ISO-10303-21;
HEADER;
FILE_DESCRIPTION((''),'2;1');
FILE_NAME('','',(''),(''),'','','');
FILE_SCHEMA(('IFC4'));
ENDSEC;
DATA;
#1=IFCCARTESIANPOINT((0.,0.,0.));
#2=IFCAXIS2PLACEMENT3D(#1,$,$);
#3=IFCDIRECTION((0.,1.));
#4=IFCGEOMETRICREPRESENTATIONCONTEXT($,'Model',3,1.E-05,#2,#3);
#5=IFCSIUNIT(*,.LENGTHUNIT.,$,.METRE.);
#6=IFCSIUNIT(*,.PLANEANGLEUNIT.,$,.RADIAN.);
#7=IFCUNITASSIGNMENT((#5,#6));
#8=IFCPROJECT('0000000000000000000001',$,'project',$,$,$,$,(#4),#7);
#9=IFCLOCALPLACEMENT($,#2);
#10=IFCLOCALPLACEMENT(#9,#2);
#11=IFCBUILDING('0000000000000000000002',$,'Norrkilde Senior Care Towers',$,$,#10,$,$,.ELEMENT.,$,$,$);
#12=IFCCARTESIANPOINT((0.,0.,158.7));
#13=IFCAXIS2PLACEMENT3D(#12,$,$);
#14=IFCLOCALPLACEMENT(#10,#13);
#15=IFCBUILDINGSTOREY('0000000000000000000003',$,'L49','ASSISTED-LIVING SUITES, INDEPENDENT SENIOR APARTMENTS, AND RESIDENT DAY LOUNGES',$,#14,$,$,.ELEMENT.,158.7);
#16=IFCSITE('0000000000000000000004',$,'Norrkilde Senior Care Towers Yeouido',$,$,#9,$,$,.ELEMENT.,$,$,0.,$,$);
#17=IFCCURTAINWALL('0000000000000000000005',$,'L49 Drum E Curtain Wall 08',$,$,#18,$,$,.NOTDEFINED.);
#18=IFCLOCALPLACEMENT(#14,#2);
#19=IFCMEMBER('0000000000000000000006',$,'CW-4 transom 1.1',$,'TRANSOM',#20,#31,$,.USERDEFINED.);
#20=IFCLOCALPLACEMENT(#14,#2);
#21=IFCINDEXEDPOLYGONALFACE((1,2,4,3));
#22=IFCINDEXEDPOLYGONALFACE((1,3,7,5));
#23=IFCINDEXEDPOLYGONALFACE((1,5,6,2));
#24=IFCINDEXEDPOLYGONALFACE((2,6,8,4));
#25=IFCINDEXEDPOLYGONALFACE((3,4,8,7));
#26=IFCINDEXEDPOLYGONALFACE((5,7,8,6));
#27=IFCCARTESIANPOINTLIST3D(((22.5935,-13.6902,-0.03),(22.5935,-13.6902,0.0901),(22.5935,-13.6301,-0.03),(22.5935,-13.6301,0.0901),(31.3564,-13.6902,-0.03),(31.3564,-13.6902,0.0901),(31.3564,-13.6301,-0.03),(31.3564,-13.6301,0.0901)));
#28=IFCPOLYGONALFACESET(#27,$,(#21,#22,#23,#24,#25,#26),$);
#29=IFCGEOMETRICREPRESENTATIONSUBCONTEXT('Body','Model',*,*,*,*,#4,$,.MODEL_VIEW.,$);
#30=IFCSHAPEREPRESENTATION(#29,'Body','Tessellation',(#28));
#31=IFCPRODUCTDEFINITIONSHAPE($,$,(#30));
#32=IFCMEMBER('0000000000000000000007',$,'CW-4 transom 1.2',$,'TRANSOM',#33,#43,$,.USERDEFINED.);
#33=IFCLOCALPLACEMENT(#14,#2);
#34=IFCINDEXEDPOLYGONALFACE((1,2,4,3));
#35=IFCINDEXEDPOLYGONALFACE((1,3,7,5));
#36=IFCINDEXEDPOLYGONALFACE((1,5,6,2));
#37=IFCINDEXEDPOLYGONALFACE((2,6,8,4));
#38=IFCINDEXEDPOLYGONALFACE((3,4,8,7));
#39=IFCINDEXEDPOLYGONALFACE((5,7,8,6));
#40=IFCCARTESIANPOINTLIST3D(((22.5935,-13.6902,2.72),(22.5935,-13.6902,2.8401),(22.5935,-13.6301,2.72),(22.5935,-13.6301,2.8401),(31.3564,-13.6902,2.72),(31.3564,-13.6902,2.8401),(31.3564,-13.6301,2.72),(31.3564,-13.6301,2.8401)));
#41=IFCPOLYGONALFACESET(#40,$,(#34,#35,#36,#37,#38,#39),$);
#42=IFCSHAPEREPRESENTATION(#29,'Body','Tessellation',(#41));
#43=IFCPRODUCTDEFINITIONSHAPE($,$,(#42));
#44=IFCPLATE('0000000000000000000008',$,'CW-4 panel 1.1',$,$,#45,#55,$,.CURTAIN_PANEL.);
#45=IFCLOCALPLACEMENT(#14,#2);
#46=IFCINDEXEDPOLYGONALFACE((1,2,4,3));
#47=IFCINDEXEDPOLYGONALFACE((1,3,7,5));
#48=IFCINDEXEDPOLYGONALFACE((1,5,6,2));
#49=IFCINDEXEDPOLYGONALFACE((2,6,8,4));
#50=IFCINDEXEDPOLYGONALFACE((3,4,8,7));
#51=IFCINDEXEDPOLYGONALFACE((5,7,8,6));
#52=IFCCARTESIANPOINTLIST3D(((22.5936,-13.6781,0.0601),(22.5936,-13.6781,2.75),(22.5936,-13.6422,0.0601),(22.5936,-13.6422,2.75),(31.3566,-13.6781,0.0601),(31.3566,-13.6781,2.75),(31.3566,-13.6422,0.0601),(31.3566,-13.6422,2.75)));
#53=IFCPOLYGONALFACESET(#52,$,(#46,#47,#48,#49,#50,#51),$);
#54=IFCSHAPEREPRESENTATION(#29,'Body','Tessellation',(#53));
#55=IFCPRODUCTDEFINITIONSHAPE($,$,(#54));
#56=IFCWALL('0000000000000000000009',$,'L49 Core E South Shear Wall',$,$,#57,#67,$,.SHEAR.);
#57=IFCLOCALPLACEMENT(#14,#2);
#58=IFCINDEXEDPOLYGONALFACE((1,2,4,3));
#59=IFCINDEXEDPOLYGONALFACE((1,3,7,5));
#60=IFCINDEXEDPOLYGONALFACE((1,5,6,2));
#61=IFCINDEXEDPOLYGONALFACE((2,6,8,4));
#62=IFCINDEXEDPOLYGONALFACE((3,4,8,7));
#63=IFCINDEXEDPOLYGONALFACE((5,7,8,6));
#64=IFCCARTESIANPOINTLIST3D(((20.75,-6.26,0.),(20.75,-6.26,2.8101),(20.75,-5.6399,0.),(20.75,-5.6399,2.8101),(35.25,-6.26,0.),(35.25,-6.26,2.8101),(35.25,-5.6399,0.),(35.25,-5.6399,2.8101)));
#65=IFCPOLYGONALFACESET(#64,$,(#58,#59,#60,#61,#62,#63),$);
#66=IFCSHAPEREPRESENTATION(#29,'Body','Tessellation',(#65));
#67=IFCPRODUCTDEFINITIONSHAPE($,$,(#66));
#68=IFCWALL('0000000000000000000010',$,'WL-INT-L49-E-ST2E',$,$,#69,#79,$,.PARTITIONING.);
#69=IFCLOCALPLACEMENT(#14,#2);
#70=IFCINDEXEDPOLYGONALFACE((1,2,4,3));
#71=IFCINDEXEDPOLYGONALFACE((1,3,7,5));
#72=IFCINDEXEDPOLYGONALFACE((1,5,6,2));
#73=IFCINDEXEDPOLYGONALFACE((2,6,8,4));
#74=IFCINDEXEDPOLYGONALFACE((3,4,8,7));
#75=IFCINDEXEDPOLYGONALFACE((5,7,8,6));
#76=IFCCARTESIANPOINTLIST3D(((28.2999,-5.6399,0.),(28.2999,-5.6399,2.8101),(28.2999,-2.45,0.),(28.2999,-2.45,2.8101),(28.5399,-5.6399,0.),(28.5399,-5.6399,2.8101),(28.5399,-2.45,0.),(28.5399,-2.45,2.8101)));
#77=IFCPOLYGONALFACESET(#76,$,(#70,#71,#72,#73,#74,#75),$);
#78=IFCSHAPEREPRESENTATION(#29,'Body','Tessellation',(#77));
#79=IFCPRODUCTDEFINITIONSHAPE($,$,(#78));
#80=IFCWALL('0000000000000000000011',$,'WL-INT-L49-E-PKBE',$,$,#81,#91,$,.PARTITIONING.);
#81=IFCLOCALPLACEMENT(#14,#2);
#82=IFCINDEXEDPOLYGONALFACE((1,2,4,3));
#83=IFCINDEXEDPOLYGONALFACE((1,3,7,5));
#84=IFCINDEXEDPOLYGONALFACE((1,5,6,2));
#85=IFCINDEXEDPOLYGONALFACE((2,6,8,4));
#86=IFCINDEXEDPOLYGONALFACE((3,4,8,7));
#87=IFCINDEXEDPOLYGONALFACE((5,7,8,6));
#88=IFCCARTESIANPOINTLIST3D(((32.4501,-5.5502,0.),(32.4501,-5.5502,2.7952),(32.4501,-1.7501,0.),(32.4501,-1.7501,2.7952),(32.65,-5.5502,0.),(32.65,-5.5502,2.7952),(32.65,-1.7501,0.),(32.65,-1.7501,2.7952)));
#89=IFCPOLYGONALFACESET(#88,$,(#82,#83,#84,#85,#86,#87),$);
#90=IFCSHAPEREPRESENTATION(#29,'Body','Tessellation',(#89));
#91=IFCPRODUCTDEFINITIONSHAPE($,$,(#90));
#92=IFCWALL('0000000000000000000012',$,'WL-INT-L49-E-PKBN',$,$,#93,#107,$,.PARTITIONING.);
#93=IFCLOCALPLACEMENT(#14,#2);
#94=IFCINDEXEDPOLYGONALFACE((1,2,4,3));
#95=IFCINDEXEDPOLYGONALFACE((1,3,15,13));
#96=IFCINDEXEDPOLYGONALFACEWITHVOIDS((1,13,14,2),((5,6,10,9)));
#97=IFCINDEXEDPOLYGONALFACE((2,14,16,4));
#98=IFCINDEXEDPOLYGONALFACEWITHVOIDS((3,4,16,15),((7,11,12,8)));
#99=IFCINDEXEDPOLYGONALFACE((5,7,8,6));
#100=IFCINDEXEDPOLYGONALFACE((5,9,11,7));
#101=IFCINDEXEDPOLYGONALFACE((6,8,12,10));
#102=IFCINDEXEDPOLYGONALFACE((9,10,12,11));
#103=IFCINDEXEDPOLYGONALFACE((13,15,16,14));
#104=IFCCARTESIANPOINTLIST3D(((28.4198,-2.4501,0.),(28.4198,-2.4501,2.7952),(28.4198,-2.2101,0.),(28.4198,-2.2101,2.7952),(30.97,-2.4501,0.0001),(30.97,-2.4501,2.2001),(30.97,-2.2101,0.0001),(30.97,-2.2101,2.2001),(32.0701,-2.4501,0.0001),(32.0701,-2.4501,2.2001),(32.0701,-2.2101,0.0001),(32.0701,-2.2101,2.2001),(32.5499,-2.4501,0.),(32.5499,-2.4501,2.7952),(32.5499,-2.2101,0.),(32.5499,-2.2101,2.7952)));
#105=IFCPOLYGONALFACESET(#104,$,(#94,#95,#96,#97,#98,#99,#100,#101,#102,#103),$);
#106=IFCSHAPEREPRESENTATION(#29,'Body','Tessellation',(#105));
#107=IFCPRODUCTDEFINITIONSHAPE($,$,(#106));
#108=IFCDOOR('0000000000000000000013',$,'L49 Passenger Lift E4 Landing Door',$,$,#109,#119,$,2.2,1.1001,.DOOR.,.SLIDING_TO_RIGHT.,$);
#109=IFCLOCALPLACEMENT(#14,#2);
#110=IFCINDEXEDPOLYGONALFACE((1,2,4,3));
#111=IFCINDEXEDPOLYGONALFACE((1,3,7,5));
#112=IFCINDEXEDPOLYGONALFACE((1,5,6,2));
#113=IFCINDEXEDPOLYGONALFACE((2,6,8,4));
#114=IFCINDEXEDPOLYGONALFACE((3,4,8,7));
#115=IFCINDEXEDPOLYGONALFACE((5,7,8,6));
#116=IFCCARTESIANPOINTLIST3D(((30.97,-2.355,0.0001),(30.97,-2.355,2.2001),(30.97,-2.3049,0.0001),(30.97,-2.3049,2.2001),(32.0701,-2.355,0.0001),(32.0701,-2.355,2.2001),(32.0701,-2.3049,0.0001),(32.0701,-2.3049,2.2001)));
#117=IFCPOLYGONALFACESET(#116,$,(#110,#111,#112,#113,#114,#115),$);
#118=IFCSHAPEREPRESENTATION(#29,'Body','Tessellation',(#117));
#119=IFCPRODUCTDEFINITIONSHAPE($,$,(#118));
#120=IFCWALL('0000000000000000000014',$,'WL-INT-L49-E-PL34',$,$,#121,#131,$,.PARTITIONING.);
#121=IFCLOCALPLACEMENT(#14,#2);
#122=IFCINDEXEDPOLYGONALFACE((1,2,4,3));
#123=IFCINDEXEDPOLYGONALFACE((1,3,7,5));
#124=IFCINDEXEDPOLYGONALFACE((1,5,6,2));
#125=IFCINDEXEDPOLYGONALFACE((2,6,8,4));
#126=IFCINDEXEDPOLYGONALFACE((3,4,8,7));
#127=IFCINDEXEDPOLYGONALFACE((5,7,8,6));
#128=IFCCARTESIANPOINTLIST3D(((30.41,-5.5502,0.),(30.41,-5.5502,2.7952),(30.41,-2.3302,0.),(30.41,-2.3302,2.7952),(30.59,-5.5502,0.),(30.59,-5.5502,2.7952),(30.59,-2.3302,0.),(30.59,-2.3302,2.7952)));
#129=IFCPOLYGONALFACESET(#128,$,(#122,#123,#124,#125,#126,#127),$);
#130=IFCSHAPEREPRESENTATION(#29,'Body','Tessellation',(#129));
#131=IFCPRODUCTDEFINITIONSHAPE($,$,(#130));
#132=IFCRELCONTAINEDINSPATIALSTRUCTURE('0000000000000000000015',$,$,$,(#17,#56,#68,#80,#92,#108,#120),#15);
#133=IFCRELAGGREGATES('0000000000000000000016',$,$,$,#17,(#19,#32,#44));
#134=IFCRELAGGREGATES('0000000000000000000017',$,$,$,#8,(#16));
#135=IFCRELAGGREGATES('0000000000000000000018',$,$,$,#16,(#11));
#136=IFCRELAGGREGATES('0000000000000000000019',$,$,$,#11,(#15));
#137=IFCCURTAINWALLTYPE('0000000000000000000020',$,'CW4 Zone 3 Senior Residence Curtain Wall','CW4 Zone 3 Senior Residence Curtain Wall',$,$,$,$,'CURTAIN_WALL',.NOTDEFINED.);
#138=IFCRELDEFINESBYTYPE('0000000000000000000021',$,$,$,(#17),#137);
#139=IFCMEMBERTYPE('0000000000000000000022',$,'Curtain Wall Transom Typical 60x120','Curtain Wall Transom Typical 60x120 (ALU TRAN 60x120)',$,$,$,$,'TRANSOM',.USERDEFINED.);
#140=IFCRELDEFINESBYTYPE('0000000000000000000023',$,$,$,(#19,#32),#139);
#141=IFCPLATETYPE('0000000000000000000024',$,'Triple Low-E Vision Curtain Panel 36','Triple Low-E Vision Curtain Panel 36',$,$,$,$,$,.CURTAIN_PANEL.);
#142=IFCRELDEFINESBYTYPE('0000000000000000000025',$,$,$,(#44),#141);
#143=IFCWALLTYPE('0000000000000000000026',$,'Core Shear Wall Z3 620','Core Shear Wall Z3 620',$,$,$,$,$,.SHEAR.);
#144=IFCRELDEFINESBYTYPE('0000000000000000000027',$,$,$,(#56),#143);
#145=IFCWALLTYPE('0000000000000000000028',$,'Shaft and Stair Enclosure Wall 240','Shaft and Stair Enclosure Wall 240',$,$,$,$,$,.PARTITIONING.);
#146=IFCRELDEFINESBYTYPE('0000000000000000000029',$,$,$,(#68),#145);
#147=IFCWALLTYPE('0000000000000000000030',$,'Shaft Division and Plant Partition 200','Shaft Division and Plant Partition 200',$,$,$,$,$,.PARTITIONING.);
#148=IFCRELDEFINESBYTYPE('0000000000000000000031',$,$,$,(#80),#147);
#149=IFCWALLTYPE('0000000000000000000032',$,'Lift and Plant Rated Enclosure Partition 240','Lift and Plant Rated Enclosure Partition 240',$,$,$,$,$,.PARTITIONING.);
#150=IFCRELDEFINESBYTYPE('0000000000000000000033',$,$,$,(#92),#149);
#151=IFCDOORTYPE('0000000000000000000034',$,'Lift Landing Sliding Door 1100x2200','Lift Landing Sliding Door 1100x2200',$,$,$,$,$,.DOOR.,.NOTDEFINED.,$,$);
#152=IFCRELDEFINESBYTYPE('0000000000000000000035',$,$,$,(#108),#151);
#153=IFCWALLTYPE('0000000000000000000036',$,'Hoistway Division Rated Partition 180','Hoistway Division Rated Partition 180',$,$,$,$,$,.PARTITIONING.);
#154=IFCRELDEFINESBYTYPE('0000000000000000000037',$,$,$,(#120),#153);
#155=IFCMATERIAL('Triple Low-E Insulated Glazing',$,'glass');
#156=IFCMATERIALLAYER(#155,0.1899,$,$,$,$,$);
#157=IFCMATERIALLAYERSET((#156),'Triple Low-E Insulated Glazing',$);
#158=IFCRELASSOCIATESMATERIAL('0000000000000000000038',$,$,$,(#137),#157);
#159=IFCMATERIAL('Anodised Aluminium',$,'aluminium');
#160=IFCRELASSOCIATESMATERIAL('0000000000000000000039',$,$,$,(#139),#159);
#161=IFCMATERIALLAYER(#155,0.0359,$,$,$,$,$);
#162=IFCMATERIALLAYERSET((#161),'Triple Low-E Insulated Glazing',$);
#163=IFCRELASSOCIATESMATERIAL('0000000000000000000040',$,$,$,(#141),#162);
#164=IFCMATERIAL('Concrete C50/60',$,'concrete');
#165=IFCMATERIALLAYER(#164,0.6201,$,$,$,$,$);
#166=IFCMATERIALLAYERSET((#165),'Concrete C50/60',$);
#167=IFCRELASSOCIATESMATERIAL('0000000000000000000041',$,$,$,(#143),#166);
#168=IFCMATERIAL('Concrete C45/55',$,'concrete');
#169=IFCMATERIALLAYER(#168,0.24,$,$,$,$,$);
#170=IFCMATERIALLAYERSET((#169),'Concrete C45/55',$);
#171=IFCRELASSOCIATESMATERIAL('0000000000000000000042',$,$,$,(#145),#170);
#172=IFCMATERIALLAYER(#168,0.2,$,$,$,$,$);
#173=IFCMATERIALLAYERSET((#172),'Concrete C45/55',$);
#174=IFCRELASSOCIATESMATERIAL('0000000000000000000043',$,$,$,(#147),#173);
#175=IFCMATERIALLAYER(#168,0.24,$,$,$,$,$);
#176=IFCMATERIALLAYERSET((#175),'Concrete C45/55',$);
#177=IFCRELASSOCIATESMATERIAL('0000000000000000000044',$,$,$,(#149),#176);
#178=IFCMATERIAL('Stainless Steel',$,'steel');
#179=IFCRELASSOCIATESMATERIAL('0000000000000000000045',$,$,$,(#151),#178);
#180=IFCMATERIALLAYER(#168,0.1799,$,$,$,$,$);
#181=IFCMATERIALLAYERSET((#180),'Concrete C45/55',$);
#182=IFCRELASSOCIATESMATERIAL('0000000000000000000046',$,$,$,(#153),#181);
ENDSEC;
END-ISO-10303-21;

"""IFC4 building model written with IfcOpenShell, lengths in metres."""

from ifc_helpers import new_model, si_unit, direction, frame, frame_2d, origin, origin_2d, place, context, subcontext, project, spatial, rectangle, extrude, source, transform, mapped, material, layer, layer_set, material_profile, profile_set, type_object, type_shapes, element, fill, aggregate, save


model = new_model("IFC4")

# Units and contexts
model_context = context("Model", 3, precision=1e-05, world=origin(), true_north=direction((0.0, 1.0)))
body_context = subcontext(model_context, "Body", "Model", "MODEL_VIEW")
ifc_project = project(units=[si_unit("LENGTHUNIT", "METRE"), si_unit("PLANEANGLEUNIT", "RADIAN")], contexts=[model_context])

# Site, building, storey
site_placement = place(None, origin())
site = spatial("IfcSite", under=ifc_project, at=site_placement, Name="Norrkilde Senior Care Towers Yeouido", CompositionType="ELEMENT", RefElevation=0.0)
building_placement = place(site_placement, origin())
building = spatial("IfcBuilding", under=site, at=building_placement, Name="Norrkilde Senior Care Towers", CompositionType="ELEMENT")
storey_placement = place(building_placement, frame((0.0, 0.0, 158.7)))
storey = spatial("IfcBuildingStorey", under=building, at=storey_placement, Name="L49", Description="ASSISTED-LIVING SUITES, INDEPENDENT SENIOR APARTMENTS, AND RESIDENT DAY LOUNGES", CompositionType="ELEMENT", Elevation=158.7)

# Shared definitions
ifc_material_1 = material(Name="Concrete C50/60", Category="concrete")

# Curtain wall
ifc_material_2 = material(Name="Triple Low-E Insulated Glazing", Category="glass")
ifc_layer_1 = layer(ifc_material_2, 0.1899)
ifc_layer_set_1 = layer_set([ifc_layer_1], Name="Triple Low-E Insulated Glazing")
curtain_wall_type = type_object("IfcCurtainWallType", Name="CW4 Zone 3 Senior Residence Curtain Wall", Description="CW4 Zone 3 Senior Residence Curtain Wall", ElementType="CURTAIN_WALL", PredefinedType="NOTDEFINED", material=ifc_layer_set_1)
curtain_wall_1_placement = place(storey_placement, origin())
curtain_wall_1 = element("IfcCurtainWall", 1, at=curtain_wall_1_placement, inside=storey, type_object=curtain_wall_type, Name="L49 Drum E Curtain Wall 08", PredefinedType="NOTDEFINED")
ifc_material_3 = material(Name="Anodised Aluminium", Category="aluminium")

# Members
ifc_material_profile_1 = material_profile(ifc_material_3, rectangle(XDim=0.0601, YDim=0.1201, at=origin_2d()), Name="ALU TRAN 60x120")
ifc_profile_set_1 = profile_set([ifc_material_profile_1], Name="Anodised Aluminium")
member_type_1 = type_object("IfcMemberType", Name="Curtain Wall Transom Typical 60x120", Description="Curtain Wall Transom Typical 60x120 (ALU TRAN 60x120)", ElementType="TRANSOM", PredefinedType="USERDEFINED", material=ifc_profile_set_1)
shared_shape_1 = source(origin(), body_context, "Body", "SweptSolid", [
    extrude(rectangle(XDim=0.0601, YDim=0.1201, at=origin_2d()), origin(), (0.0, 0.0, 1.0), 8.7629),
])
type_shapes(member_type_1, [shared_shape_1])
member_1_placement = place(storey_placement, frame((31.3564, -13.6602, 0.03), z_axis=(-1.0, 0.0, 0.0), x_axis=(0.0, -1.0, 0.0)))
member_1 = element("IfcMember", 2, at=member_1_placement, type_object=member_type_1, Name="CW-4 transom 1.1", ObjectType="TRANSOM", PredefinedType="USERDEFINED", context=body_context, shape_type="MappedRepresentation", body=[
    mapped(shared_shape_1, transform((0.0, 0.0, 0.0), x_axis=(1.0, 0.0, 0.0), y_axis=(0.0, 1.0, 0.0), z_axis=(0.0, 0.0, 1.0), scale=1.0)),
])
member_2_placement = place(storey_placement, frame((31.3564, -13.6602, 2.78), z_axis=(-1.0, 0.0, 0.0), x_axis=(0.0, -1.0, 0.0)))
member_2 = element("IfcMember", 3, at=member_2_placement, type_object=member_type_1, Name="CW-4 transom 1.2", ObjectType="TRANSOM", PredefinedType="USERDEFINED", context=body_context, shape_type="MappedRepresentation", body=[
    mapped(shared_shape_1, transform((0.0, 0.0, 0.0), x_axis=(1.0, 0.0, 0.0), y_axis=(0.0, 1.0, 0.0), z_axis=(0.0, 0.0, 1.0), scale=1.0)),
])

# Plate
ifc_layer_2 = layer(ifc_material_2, 0.0359)
ifc_layer_set_2 = layer_set([ifc_layer_2], Name="Triple Low-E Insulated Glazing")
plate_type = type_object("IfcPlateType", Name="Triple Low-E Vision Curtain Panel 36", Description="Triple Low-E Vision Curtain Panel 36", PredefinedType="CURTAIN_PANEL", material=ifc_layer_set_2)
shared_shape_2 = source(origin(), body_context, "Body", "SweptSolid", [
    extrude(rectangle(XDim=8.7629, YDim=0.0359, at=origin_2d()), origin(), (0.0, 0.0, 1.0), 2.6899),
])
type_shapes(plate_type, [shared_shape_2])
plate_placement = place(storey_placement, frame((26.9751, -13.6602, 0.0601), z_axis=(0.0, 0.0, 1.0), x_axis=(-1.0, 0.0, 0.0)))
plate = element("IfcPlate", 4, at=plate_placement, type_object=plate_type, Name="CW-4 panel 1.1", PredefinedType="CURTAIN_PANEL", context=body_context, shape_type="MappedRepresentation", body=[
    mapped(shared_shape_2, transform((0.0, 0.0, 0.0), x_axis=(1.0, 0.0, 0.0), y_axis=(0.0, 1.0, 0.0), z_axis=(0.0, 0.0, 1.0), scale=1.0)),
])
aggregate(curtain_wall_1, [member_1, member_2, plate])

# Walls
ifc_layer_3 = layer(ifc_material_1, 0.6201)
ifc_layer_set_3 = layer_set([ifc_layer_3], Name="Concrete C50/60")
wall_type_1 = type_object("IfcWallType", Name="Core Shear Wall Z3 620", Description="Core Shear Wall Z3 620", PredefinedType="SHEAR", material=ifc_layer_set_3)
shared_shape_3 = source(origin(), body_context, "Body", "SweptSolid", [
    extrude(rectangle(XDim=14.5, YDim=0.6201, at=frame_2d((7.25, 0.0))), origin(), (0.0, 0.0, 1.0), 2.8101),
])
type_shapes(wall_type_1, [shared_shape_3])
wall_1_placement = place(storey_placement, frame((35.25, -5.95, 0.0), z_axis=(0.0, 0.0, 1.0), x_axis=(-1.0, 0.0, 0.0)))
element("IfcWall", 5, at=wall_1_placement, inside=storey, type_object=wall_type_1, Name="L49 Core E South Shear Wall", PredefinedType="SHEAR", context=body_context, shape_type="MappedRepresentation", body=[
    mapped(shared_shape_3, transform((0.0, 0.0, 0.0), x_axis=(1.0, 0.0, 0.0), y_axis=(0.0, 1.0, 0.0), z_axis=(0.0, 0.0, 1.0), scale=1.0)),
])
ifc_material_4 = material(Name="Concrete C45/55", Category="concrete")
ifc_layer_4 = layer(ifc_material_4, 0.24)
ifc_layer_set_4 = layer_set([ifc_layer_4], Name="Concrete C45/55")
wall_type_2 = type_object("IfcWallType", Name="Shaft and Stair Enclosure Wall 240", Description="Shaft and Stair Enclosure Wall 240", PredefinedType="PARTITIONING", material=ifc_layer_set_4)
shared_shape_4 = source(origin(), body_context, "Body", "SweptSolid", [
    extrude(rectangle(XDim=3.1899, YDim=0.24, at=frame_2d((1.595, 0.0))), origin(), (0.0, 0.0, 1.0), 2.8101),
])
type_shapes(wall_type_2, [shared_shape_4])
wall_2_placement = place(storey_placement, frame((28.4199, -5.6399, 0.0), z_axis=(0.0, 0.0, 1.0), x_axis=(0.0, 1.0, 0.0)))
element("IfcWall", 6, at=wall_2_placement, inside=storey, type_object=wall_type_2, Name="WL-INT-L49-E-ST2E", PredefinedType="PARTITIONING", context=body_context, shape_type="MappedRepresentation", body=[
    mapped(shared_shape_4, transform((0.0, 0.0, 0.0), x_axis=(1.0, 0.0, 0.0), y_axis=(0.0, 1.0, 0.0), z_axis=(0.0, 0.0, 1.0), scale=1.0)),
])
ifc_layer_5 = layer(ifc_material_4, 0.2)
ifc_layer_set_5 = layer_set([ifc_layer_5], Name="Concrete C45/55")
wall_type_3 = type_object("IfcWallType", Name="Shaft Division and Plant Partition 200", Description="Shaft Division and Plant Partition 200", PredefinedType="PARTITIONING", material=ifc_layer_set_5)
shared_shape_5 = source(origin(), body_context, "Body", "SweptSolid", [
    extrude(rectangle(XDim=3.8, YDim=0.2, at=frame_2d((1.8999, 0.0))), origin(), (0.0, 0.0, 1.0), 2.7952),
])
type_shapes(wall_type_3, [shared_shape_5])
wall_3_placement = place(storey_placement, frame((32.55, -5.55, 0.0), z_axis=(0.0, 0.0, 1.0), x_axis=(0.0, 1.0, 0.0)))
element("IfcWall", 7, at=wall_3_placement, inside=storey, type_object=wall_type_3, Name="WL-INT-L49-E-PKBE", PredefinedType="PARTITIONING", context=body_context, shape_type="MappedRepresentation", body=[
    mapped(shared_shape_5, transform((0.0, 0.0, 0.0), x_axis=(1.0, 0.0, 0.0), y_axis=(0.0, 1.0, 0.0), z_axis=(0.0, 0.0, 1.0), scale=1.0)),
])

# Wall, opening, door
ifc_layer_6 = layer(ifc_material_4, 0.24)
ifc_layer_set_6 = layer_set([ifc_layer_6], Name="Concrete C45/55")
wall_type_4 = type_object("IfcWallType", Name="Lift and Plant Rated Enclosure Partition 240", Description="Lift and Plant Rated Enclosure Partition 240", PredefinedType="PARTITIONING", material=ifc_layer_set_6)
shared_shape_6 = source(origin(), body_context, "Body", "SweptSolid", [
    extrude(rectangle(XDim=4.1301, YDim=0.24, at=frame_2d((2.0649, 0.0))), origin(), (0.0, 0.0, 1.0), 2.7952),
])
type_shapes(wall_type_4, [shared_shape_6])
wall_4_placement = place(storey_placement, frame((28.4199, -2.3301, 0.0), z_axis=(0.0, 0.0, 1.0), x_axis=(1.0, 0.0, 0.0)))
wall_4 = element("IfcWall", 8, at=wall_4_placement, inside=storey, type_object=wall_type_4, Name="WL-INT-L49-E-PKBN", PredefinedType="PARTITIONING", context=body_context, shape_type="MappedRepresentation", body=[
    mapped(shared_shape_6, transform((0.0, 0.0, 0.0), x_axis=(1.0, 0.0, 0.0), y_axis=(0.0, 1.0, 0.0), z_axis=(0.0, 0.0, 1.0), scale=1.0)),
])
opening_1_placement = place(wall_4_placement, frame((2.55, 0.0, 0.0)))
opening_1 = element("IfcOpeningElement", 9, at=opening_1_placement, cuts=wall_4, PredefinedType="OPENING", context=body_context, shape_type="SweptSolid", body=[
    extrude(rectangle(XDim=1.1001, YDim=2.2, at=frame_2d((0.55, 1.1001))), frame((0.0, 0.1299, 0.0), z_axis=(0.0, -1.0, 0.0), x_axis=(1.0, 0.0, 0.0)), (0.0, 0.0, 1.0), 0.26),
])
ifc_material_5 = material(Name="Stainless Steel", Category="steel")
door_type_1 = type_object("IfcDoorType", Name="Lift Landing Sliding Door 1100x2200", Description="Lift Landing Sliding Door 1100x2200", OperationType="NOTDEFINED", PredefinedType="DOOR", material=ifc_material_5)
shared_shape_7 = source(origin(), body_context, "Body", "SweptSolid", [
    extrude(rectangle(XDim=1.1001, YDim=2.2, at=frame_2d((0.55, 1.1001))), frame((0.0, 0.0249, 0.0), z_axis=(0.0, -1.0, 0.0), x_axis=(1.0, 0.0, 0.0)), (0.0, 0.0, 1.0), 0.05),
])
type_shapes(door_type_1, [shared_shape_7])
door_1_placement = place(opening_1_placement, frame((1.1001, 0.0, 0.0), z_axis=(0.0, 0.0, 1.0), x_axis=(-1.0, 0.0, 0.0)))
door_1 = element("IfcDoor", 10, at=door_1_placement, inside=storey, type_object=door_type_1, Name="L49 Passenger Lift E4 Landing Door", OperationType="SLIDING_TO_RIGHT", OverallHeight=2.2, OverallWidth=1.1001, PredefinedType="DOOR", context=body_context, shape_type="MappedRepresentation", body=[
    mapped(shared_shape_7, transform((0.0, 0.0, 0.0), x_axis=(1.0, 0.0, 0.0), y_axis=(0.0, 1.0, 0.0), z_axis=(0.0, 0.0, 1.0), scale=1.0)),
])
fill(opening_1, door_1)

# Wall
ifc_layer_7 = layer(ifc_material_4, 0.1799)
ifc_layer_set_7 = layer_set([ifc_layer_7], Name="Concrete C45/55")
wall_type_5 = type_object("IfcWallType", Name="Hoistway Division Rated Partition 180", Description="Hoistway Division Rated Partition 180", PredefinedType="PARTITIONING", material=ifc_layer_set_7)
shared_shape_8 = source(origin(), body_context, "Body", "SweptSolid", [
    extrude(rectangle(XDim=3.22, YDim=0.1799, at=frame_2d((1.6099, 0.0))), origin(), (0.0, 0.0, 1.0), 2.7952),
])
type_shapes(wall_type_5, [shared_shape_8])
wall_5_placement = place(storey_placement, frame((30.5, -5.55, 0.0), z_axis=(0.0, 0.0, 1.0), x_axis=(0.0, 1.0, 0.0)))
element("IfcWall", 11, at=wall_5_placement, inside=storey, type_object=wall_type_5, Name="WL-INT-L49-E-PL34", PredefinedType="PARTITIONING", context=body_context, shape_type="MappedRepresentation", body=[
    mapped(shared_shape_8, transform((0.0, 0.0, 0.0), x_axis=(1.0, 0.0, 0.0), y_axis=(0.0, 1.0, 0.0), z_axis=(0.0, 0.0, 1.0), scale=1.0)),
])

save(model, "model.ifc")
